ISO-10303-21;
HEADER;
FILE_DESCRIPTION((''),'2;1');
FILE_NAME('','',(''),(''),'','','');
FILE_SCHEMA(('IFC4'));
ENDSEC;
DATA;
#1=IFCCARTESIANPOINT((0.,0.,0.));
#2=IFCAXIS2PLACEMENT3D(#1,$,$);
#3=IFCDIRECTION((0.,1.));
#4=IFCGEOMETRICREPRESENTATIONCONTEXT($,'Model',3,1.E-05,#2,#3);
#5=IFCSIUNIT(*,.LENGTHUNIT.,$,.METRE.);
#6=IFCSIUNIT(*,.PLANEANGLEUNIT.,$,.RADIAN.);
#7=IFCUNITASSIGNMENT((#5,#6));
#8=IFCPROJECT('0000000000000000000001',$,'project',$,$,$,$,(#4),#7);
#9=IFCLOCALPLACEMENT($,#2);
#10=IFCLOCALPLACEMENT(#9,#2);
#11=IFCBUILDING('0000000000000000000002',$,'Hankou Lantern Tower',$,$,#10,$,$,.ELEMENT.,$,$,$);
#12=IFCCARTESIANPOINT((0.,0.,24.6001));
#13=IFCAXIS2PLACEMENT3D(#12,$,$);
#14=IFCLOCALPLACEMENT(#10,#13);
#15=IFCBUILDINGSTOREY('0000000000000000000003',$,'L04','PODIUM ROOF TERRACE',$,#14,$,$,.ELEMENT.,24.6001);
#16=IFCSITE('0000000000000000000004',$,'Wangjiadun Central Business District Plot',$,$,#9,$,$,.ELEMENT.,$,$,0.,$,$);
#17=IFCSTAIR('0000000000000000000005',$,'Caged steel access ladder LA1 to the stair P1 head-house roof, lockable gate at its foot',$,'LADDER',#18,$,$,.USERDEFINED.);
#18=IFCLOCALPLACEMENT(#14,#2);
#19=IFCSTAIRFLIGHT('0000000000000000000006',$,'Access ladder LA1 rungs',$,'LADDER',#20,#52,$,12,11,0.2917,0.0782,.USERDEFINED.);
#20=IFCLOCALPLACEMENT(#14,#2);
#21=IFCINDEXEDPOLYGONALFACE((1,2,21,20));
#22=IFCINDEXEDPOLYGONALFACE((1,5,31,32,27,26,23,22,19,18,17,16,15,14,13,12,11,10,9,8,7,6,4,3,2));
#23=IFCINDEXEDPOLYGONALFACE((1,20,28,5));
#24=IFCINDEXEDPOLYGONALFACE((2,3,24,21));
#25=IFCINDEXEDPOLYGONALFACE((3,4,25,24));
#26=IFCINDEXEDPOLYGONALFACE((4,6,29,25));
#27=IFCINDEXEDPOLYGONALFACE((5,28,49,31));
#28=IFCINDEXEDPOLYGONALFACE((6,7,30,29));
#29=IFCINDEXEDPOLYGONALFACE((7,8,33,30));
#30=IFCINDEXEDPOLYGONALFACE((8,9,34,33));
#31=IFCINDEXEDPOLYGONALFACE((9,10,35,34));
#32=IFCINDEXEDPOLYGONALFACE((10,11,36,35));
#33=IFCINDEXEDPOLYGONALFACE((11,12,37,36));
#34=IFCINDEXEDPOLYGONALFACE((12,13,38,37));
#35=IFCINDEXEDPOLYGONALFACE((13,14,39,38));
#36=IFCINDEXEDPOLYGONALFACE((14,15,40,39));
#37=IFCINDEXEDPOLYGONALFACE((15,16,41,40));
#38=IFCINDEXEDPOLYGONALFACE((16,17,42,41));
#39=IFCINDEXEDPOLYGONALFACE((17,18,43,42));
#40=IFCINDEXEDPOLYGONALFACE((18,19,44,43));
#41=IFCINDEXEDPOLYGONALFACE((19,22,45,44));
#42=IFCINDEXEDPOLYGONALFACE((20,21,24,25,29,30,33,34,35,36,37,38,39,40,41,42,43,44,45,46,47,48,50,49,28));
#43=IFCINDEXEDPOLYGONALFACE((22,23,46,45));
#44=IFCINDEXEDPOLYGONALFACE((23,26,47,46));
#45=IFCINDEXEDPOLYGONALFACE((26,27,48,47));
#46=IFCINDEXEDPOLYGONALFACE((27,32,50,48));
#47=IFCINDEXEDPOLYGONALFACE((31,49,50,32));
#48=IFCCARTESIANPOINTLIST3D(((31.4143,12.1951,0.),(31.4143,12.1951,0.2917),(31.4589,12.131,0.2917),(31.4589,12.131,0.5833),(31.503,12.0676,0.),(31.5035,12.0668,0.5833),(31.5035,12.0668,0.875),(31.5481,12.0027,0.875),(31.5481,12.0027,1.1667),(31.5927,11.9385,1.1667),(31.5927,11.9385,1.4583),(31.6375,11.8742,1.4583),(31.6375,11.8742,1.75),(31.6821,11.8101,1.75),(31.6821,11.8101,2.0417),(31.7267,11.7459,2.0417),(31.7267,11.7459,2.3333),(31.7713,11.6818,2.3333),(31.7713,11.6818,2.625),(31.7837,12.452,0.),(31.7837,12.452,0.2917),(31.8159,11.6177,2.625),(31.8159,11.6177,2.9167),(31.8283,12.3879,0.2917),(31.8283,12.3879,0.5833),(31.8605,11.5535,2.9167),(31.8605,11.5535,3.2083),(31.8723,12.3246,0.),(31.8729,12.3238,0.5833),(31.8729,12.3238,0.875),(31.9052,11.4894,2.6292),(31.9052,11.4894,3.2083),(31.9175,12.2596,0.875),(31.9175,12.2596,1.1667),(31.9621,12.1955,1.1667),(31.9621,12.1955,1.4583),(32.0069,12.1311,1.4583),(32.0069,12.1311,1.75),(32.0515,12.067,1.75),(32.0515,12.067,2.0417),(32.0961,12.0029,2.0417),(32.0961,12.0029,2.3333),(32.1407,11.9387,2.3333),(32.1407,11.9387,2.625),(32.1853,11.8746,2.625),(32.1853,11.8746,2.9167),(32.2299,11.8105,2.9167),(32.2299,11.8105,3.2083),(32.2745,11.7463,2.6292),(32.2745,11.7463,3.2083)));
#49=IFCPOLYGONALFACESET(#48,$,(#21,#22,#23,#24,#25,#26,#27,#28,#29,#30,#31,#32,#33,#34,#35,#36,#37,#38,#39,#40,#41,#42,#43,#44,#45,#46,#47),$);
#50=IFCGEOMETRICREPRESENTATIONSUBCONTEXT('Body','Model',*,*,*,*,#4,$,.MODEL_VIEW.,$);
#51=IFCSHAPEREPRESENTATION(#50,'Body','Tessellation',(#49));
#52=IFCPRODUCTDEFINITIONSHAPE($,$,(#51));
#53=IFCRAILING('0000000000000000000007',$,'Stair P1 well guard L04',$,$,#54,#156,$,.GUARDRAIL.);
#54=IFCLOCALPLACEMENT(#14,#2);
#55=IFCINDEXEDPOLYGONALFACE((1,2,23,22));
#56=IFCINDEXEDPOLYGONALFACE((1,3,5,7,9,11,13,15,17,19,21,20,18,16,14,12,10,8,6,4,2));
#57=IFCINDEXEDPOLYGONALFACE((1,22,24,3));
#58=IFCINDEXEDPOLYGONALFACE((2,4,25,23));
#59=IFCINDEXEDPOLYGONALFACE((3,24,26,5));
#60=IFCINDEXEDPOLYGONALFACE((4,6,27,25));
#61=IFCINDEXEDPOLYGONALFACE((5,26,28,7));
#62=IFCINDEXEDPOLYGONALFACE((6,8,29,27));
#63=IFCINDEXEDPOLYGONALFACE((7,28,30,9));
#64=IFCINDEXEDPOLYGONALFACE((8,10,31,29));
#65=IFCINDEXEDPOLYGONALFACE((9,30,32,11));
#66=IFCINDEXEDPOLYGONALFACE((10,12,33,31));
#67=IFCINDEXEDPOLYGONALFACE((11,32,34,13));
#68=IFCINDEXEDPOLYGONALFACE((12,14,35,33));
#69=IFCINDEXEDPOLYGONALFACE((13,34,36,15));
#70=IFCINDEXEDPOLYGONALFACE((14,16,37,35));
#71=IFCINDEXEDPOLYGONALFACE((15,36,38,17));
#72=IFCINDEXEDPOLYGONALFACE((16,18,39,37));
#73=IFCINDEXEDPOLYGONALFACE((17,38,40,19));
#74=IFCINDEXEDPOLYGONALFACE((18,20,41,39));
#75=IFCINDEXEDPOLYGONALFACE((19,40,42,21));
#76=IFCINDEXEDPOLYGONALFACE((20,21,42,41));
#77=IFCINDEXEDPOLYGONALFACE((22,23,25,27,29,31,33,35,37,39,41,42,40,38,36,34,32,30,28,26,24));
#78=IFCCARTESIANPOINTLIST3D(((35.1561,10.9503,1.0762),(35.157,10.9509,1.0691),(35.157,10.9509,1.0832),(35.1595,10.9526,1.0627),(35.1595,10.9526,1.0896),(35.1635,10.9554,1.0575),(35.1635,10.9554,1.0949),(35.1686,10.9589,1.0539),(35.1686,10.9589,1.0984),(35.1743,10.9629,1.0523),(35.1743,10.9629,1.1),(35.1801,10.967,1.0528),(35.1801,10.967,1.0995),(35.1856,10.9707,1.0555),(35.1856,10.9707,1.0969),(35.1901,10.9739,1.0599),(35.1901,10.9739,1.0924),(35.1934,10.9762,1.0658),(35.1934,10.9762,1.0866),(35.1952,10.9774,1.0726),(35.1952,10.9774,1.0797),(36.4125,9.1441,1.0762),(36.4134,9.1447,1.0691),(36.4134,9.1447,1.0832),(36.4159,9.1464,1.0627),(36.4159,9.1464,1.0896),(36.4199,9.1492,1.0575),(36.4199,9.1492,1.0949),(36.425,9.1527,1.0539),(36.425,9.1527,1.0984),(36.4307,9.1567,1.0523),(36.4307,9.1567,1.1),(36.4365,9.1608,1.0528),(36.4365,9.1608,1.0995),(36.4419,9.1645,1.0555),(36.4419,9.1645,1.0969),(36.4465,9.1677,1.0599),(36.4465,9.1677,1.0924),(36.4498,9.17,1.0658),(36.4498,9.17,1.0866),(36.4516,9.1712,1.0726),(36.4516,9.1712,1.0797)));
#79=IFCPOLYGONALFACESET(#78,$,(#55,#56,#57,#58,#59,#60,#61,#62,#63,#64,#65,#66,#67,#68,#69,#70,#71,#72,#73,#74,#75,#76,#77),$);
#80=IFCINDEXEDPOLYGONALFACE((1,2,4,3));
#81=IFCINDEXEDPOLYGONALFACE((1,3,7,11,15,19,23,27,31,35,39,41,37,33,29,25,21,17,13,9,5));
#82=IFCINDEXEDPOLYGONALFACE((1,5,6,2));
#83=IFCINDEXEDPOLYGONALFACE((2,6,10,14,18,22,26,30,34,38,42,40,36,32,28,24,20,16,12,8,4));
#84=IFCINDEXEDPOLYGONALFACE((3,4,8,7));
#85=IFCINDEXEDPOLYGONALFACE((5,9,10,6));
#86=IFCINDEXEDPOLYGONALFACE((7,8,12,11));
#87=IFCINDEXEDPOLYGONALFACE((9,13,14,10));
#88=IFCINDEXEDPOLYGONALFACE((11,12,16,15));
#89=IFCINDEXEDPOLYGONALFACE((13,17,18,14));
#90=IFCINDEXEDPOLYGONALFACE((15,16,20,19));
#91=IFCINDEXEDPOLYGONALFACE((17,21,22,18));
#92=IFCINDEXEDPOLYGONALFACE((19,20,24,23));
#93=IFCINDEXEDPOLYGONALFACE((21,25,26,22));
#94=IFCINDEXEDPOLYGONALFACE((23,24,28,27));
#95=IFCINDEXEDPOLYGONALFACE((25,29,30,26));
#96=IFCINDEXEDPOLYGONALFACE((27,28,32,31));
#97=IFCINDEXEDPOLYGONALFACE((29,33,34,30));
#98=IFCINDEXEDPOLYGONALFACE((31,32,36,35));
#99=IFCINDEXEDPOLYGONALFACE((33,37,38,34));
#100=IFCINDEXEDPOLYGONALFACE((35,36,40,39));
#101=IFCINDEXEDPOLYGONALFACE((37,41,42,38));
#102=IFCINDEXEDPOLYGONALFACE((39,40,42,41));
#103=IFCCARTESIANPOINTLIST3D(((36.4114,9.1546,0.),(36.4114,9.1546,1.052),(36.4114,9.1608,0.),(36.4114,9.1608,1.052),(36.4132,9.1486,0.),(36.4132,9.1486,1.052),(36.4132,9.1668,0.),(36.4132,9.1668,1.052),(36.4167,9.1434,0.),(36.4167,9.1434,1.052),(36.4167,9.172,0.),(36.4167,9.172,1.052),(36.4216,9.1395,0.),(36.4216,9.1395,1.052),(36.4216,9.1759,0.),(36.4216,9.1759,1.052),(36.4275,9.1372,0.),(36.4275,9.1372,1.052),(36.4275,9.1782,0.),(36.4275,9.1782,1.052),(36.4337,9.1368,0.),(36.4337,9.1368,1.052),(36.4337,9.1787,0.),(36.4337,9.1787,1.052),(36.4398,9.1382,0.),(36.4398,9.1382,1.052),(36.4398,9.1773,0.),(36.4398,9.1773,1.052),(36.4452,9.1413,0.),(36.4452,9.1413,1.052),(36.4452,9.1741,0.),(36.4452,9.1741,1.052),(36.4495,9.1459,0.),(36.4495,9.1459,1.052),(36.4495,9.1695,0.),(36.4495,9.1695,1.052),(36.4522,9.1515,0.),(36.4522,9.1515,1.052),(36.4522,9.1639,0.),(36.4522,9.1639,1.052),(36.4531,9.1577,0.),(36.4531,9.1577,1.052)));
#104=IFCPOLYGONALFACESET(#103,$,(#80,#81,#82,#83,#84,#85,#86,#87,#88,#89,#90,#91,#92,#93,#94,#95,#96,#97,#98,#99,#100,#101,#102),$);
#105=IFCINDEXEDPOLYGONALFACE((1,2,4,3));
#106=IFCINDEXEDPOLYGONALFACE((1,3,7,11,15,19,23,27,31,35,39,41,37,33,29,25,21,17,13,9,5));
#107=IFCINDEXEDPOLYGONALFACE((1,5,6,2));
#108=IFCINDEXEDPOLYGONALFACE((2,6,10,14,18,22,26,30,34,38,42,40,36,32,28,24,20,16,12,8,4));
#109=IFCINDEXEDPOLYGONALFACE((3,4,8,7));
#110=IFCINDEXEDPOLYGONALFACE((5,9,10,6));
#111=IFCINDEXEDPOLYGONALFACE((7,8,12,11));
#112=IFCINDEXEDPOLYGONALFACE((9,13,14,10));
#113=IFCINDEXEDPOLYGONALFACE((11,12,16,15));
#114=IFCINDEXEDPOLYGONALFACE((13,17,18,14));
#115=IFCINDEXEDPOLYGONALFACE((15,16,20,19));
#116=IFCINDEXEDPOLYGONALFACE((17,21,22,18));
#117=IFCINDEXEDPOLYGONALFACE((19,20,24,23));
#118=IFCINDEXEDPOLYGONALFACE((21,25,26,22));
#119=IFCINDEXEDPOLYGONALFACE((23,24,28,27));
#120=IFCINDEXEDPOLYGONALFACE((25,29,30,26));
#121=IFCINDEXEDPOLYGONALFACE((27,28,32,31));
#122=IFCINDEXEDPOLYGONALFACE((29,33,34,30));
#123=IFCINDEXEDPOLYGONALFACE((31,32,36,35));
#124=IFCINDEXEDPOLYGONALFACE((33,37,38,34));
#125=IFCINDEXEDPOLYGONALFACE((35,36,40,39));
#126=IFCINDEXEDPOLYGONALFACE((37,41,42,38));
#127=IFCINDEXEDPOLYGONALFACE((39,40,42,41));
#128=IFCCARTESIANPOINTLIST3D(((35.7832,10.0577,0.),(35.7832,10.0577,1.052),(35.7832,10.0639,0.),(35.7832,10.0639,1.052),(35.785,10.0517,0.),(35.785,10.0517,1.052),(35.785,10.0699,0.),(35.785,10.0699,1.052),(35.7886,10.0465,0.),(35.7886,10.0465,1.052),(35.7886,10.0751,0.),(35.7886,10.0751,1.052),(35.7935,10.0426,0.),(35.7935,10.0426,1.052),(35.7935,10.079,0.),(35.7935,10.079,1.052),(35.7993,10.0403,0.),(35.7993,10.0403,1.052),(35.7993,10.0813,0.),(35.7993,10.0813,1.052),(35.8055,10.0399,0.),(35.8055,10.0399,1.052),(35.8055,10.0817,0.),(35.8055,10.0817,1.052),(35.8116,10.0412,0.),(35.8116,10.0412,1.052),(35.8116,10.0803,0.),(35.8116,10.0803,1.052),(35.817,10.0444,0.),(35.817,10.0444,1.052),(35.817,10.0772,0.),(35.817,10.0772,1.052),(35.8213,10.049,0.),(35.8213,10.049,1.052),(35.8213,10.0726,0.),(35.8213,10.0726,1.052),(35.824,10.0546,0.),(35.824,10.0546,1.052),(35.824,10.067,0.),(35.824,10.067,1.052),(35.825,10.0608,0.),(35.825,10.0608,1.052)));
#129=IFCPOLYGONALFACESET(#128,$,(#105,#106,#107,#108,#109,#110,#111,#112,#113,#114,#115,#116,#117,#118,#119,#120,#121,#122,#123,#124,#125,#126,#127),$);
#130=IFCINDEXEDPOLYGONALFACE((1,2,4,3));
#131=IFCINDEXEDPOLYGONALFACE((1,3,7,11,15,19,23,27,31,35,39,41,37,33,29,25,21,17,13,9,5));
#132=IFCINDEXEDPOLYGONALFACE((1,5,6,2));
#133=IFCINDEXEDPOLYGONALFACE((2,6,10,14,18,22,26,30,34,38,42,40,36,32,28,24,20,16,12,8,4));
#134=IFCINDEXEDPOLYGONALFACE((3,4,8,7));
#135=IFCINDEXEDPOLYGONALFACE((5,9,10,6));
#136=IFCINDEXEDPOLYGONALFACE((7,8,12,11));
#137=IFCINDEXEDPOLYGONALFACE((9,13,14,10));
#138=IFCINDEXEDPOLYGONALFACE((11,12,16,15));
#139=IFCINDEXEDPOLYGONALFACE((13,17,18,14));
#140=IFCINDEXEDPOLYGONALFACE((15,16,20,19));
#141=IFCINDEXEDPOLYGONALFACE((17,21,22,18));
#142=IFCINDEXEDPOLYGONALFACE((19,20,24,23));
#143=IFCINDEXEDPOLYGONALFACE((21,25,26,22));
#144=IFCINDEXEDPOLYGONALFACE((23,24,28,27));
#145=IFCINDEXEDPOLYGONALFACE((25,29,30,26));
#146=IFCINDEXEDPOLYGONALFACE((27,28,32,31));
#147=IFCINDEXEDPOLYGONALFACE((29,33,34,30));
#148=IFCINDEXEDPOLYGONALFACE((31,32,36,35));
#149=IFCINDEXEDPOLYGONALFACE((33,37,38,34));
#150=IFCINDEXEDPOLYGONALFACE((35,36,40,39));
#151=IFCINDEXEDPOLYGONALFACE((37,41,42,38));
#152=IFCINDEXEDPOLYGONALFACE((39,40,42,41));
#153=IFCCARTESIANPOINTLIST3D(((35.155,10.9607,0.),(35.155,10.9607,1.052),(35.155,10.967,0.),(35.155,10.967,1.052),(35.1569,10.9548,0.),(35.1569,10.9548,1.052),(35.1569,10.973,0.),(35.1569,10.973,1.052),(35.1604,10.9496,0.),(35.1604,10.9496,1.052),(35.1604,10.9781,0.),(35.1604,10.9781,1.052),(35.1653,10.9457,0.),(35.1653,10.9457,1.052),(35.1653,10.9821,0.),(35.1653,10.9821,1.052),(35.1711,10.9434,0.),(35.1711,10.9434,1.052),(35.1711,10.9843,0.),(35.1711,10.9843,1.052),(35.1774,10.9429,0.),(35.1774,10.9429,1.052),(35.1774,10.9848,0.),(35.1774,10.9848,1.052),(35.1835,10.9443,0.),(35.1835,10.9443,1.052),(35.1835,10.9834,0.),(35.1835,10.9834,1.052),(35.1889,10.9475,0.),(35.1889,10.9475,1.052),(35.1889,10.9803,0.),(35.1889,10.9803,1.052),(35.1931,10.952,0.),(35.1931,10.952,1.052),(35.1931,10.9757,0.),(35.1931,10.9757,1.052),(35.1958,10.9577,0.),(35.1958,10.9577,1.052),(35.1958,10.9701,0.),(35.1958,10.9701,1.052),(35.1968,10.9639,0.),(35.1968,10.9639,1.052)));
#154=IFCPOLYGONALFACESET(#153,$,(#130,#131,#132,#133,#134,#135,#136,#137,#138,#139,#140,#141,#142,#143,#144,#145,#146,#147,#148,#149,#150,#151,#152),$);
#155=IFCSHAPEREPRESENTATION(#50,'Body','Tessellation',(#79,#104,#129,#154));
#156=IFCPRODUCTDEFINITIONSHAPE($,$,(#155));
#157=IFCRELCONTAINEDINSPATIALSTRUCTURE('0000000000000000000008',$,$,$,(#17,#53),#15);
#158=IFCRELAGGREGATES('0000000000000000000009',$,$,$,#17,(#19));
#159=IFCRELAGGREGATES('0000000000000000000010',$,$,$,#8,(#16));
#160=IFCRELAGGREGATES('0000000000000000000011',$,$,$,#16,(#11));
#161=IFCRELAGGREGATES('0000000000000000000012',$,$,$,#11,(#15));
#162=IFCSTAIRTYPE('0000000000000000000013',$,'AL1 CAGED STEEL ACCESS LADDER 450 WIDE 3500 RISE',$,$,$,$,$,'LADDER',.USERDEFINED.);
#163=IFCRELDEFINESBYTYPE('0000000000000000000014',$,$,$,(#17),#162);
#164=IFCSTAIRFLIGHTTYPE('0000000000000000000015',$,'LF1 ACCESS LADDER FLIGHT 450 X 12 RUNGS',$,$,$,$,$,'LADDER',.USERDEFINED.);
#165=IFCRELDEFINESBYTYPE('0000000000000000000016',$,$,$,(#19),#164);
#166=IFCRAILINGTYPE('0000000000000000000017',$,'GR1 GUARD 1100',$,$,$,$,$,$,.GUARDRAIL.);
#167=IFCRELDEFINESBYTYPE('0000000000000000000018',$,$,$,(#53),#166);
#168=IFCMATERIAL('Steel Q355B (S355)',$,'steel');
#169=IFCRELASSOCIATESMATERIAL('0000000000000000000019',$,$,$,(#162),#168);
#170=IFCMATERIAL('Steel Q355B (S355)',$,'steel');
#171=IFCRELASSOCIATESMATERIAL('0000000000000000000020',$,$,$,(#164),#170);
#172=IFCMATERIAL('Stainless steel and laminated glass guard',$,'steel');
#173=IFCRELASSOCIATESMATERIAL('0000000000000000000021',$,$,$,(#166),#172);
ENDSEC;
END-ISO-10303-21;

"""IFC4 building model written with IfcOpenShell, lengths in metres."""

from ifc_helpers import new_model, si_unit, direction, frame, origin, origin_2d, place, context, subcontext, project, spatial, polyline, circle, outline, extrude, material, type_object, element, aggregate, save


model = new_model("IFC4")

# Units and contexts
model_context = context("Model", 3, precision=1e-05, world=origin(), true_north=direction((0.0, 1.0)))
body_context = subcontext(model_context, "Body", "Model", "MODEL_VIEW")
ifc_project = project(units=[si_unit("LENGTHUNIT", "METRE"), si_unit("PLANEANGLEUNIT", "RADIAN")], contexts=[model_context])

# Site, building, storey
site_placement = place(None, origin())
site = spatial("IfcSite", under=ifc_project, at=site_placement, Name="Wangjiadun Central Business District Plot", CompositionType="ELEMENT", RefElevation=0.0)
building_placement = place(site_placement, origin())
building = spatial("IfcBuilding", under=site, at=building_placement, Name="Hankou Lantern Tower", CompositionType="ELEMENT")
storey_placement = place(building_placement, frame((0.0, 0.0, 24.6001)))
storey = spatial("IfcBuildingStorey", under=building, at=storey_placement, Name="L04", Description="PODIUM ROOF TERRACE", CompositionType="ELEMENT", Elevation=24.6001)

# Stair, stair flight
ifc_material_1 = material(Name="Steel Q355B (S355)", Category="steel")
stair_type = type_object("IfcStairType", Name="AL1 CAGED STEEL ACCESS LADDER 450 WIDE 3500 RISE", ElementType="LADDER", PredefinedType="USERDEFINED", material=ifc_material_1)
stair_placement = place(storey_placement, origin())
stair = element("IfcStair", 1, at=stair_placement, inside=storey, type_object=stair_type, Name="Caged steel access ladder LA1 to the stair P1 head-house roof, lockable gate at its foot", ObjectType="LADDER", PredefinedType="USERDEFINED")
ifc_material_2 = material(Name="Steel Q355B (S355)", Category="steel")
stair_flight_type = type_object("IfcStairFlightType", Name="LF1 ACCESS LADDER FLIGHT 450 X 12 RUNGS", ElementType="LADDER", PredefinedType="USERDEFINED", material=ifc_material_2)
stair_flight_placement = place(storey_placement, frame((31.5989, 12.3235, 0.0), z_axis=(0.0, 0.0, 1.0), x_axis=(0.571033, -0.820927, 0.0)))
stair_flight = element("IfcStairFlight", 2, at=stair_flight_placement, type_object=stair_flight_type, Name="Access ladder LA1 rungs", ObjectType="LADDER", NumberOfRisers=12, NumberOfTreads=11, PredefinedType="USERDEFINED", RiserHeight=0.2917, TreadLength=0.0782, context=body_context, shape_type="SweptSolid", body=[
    extrude(outline(polyline([(0.0, 0.0), (0.0, 0.2917), (0.0781, 0.2917), (0.0781, 0.5833), (0.1562, 0.5833), (0.1562, 0.875), (0.2344, 0.875), (0.2344, 1.1667), (0.3125, 1.1667), (0.3125, 1.4583), (0.3909, 1.4583), (0.3909, 1.75), (0.469, 1.75), (0.469, 2.0417), (0.5471, 2.0417), (0.5471, 2.3333), (0.6252, 2.3333), (0.6252, 2.625), (0.7034, 2.625), (0.7034, 2.9167), (0.7815, 2.9167), (0.7815, 3.2083), (0.8596, 3.2083), (0.8596, 3.5), (0.8596, 2.6292), (0.1553, 0.0), (0.0, 0.0)])), frame((0.0, 0.2251, 0.0), z_axis=(0.0, -1.0, 0.0), x_axis=(1.0, 0.0, 0.0)), (0.0, 0.0, 1.0), 0.45),
])
aggregate(stair, [stair_flight])

# Railing
ifc_material_3 = material(Name="Stainless steel and laminated glass guard", Category="steel")
railing_type_1 = type_object("IfcRailingType", Name="GR1 GUARD 1100", PredefinedType="GUARDRAIL", material=ifc_material_3)
railing_1_placement = place(storey_placement, frame((36.4321, 9.1577, 0.0)))
element("IfcRailing", 3, at=railing_1_placement, inside=storey, type_object=railing_type_1, Name="Stair P1 well guard L04", PredefinedType="GUARDRAIL", context=body_context, shape_type="SweptSolid", body=[
    extrude(circle(Radius=0.0239, at=origin_2d()), frame((0.0, 0.0, 1.0762), z_axis=(-0.571032, 0.820928, 0.0), x_axis=(-0.820928, -0.571032, 0.0)), (0.0, 0.0, 1.0), 2.2002),
    extrude(circle(Radius=0.021, at=origin_2d()), origin(), (0.0, 0.0, 1.0), 1.052),
    extrude(circle(Radius=0.021, at=origin_2d()), frame((-0.6282, 0.9031, 0.0)), (0.0, 0.0, 1.0), 1.052),
    extrude(circle(Radius=0.021, at=origin_2d()), frame((-1.2563, 1.8062, 0.0)), (0.0, 0.0, 1.0), 1.052),
])

save(model, "model.ifc")
